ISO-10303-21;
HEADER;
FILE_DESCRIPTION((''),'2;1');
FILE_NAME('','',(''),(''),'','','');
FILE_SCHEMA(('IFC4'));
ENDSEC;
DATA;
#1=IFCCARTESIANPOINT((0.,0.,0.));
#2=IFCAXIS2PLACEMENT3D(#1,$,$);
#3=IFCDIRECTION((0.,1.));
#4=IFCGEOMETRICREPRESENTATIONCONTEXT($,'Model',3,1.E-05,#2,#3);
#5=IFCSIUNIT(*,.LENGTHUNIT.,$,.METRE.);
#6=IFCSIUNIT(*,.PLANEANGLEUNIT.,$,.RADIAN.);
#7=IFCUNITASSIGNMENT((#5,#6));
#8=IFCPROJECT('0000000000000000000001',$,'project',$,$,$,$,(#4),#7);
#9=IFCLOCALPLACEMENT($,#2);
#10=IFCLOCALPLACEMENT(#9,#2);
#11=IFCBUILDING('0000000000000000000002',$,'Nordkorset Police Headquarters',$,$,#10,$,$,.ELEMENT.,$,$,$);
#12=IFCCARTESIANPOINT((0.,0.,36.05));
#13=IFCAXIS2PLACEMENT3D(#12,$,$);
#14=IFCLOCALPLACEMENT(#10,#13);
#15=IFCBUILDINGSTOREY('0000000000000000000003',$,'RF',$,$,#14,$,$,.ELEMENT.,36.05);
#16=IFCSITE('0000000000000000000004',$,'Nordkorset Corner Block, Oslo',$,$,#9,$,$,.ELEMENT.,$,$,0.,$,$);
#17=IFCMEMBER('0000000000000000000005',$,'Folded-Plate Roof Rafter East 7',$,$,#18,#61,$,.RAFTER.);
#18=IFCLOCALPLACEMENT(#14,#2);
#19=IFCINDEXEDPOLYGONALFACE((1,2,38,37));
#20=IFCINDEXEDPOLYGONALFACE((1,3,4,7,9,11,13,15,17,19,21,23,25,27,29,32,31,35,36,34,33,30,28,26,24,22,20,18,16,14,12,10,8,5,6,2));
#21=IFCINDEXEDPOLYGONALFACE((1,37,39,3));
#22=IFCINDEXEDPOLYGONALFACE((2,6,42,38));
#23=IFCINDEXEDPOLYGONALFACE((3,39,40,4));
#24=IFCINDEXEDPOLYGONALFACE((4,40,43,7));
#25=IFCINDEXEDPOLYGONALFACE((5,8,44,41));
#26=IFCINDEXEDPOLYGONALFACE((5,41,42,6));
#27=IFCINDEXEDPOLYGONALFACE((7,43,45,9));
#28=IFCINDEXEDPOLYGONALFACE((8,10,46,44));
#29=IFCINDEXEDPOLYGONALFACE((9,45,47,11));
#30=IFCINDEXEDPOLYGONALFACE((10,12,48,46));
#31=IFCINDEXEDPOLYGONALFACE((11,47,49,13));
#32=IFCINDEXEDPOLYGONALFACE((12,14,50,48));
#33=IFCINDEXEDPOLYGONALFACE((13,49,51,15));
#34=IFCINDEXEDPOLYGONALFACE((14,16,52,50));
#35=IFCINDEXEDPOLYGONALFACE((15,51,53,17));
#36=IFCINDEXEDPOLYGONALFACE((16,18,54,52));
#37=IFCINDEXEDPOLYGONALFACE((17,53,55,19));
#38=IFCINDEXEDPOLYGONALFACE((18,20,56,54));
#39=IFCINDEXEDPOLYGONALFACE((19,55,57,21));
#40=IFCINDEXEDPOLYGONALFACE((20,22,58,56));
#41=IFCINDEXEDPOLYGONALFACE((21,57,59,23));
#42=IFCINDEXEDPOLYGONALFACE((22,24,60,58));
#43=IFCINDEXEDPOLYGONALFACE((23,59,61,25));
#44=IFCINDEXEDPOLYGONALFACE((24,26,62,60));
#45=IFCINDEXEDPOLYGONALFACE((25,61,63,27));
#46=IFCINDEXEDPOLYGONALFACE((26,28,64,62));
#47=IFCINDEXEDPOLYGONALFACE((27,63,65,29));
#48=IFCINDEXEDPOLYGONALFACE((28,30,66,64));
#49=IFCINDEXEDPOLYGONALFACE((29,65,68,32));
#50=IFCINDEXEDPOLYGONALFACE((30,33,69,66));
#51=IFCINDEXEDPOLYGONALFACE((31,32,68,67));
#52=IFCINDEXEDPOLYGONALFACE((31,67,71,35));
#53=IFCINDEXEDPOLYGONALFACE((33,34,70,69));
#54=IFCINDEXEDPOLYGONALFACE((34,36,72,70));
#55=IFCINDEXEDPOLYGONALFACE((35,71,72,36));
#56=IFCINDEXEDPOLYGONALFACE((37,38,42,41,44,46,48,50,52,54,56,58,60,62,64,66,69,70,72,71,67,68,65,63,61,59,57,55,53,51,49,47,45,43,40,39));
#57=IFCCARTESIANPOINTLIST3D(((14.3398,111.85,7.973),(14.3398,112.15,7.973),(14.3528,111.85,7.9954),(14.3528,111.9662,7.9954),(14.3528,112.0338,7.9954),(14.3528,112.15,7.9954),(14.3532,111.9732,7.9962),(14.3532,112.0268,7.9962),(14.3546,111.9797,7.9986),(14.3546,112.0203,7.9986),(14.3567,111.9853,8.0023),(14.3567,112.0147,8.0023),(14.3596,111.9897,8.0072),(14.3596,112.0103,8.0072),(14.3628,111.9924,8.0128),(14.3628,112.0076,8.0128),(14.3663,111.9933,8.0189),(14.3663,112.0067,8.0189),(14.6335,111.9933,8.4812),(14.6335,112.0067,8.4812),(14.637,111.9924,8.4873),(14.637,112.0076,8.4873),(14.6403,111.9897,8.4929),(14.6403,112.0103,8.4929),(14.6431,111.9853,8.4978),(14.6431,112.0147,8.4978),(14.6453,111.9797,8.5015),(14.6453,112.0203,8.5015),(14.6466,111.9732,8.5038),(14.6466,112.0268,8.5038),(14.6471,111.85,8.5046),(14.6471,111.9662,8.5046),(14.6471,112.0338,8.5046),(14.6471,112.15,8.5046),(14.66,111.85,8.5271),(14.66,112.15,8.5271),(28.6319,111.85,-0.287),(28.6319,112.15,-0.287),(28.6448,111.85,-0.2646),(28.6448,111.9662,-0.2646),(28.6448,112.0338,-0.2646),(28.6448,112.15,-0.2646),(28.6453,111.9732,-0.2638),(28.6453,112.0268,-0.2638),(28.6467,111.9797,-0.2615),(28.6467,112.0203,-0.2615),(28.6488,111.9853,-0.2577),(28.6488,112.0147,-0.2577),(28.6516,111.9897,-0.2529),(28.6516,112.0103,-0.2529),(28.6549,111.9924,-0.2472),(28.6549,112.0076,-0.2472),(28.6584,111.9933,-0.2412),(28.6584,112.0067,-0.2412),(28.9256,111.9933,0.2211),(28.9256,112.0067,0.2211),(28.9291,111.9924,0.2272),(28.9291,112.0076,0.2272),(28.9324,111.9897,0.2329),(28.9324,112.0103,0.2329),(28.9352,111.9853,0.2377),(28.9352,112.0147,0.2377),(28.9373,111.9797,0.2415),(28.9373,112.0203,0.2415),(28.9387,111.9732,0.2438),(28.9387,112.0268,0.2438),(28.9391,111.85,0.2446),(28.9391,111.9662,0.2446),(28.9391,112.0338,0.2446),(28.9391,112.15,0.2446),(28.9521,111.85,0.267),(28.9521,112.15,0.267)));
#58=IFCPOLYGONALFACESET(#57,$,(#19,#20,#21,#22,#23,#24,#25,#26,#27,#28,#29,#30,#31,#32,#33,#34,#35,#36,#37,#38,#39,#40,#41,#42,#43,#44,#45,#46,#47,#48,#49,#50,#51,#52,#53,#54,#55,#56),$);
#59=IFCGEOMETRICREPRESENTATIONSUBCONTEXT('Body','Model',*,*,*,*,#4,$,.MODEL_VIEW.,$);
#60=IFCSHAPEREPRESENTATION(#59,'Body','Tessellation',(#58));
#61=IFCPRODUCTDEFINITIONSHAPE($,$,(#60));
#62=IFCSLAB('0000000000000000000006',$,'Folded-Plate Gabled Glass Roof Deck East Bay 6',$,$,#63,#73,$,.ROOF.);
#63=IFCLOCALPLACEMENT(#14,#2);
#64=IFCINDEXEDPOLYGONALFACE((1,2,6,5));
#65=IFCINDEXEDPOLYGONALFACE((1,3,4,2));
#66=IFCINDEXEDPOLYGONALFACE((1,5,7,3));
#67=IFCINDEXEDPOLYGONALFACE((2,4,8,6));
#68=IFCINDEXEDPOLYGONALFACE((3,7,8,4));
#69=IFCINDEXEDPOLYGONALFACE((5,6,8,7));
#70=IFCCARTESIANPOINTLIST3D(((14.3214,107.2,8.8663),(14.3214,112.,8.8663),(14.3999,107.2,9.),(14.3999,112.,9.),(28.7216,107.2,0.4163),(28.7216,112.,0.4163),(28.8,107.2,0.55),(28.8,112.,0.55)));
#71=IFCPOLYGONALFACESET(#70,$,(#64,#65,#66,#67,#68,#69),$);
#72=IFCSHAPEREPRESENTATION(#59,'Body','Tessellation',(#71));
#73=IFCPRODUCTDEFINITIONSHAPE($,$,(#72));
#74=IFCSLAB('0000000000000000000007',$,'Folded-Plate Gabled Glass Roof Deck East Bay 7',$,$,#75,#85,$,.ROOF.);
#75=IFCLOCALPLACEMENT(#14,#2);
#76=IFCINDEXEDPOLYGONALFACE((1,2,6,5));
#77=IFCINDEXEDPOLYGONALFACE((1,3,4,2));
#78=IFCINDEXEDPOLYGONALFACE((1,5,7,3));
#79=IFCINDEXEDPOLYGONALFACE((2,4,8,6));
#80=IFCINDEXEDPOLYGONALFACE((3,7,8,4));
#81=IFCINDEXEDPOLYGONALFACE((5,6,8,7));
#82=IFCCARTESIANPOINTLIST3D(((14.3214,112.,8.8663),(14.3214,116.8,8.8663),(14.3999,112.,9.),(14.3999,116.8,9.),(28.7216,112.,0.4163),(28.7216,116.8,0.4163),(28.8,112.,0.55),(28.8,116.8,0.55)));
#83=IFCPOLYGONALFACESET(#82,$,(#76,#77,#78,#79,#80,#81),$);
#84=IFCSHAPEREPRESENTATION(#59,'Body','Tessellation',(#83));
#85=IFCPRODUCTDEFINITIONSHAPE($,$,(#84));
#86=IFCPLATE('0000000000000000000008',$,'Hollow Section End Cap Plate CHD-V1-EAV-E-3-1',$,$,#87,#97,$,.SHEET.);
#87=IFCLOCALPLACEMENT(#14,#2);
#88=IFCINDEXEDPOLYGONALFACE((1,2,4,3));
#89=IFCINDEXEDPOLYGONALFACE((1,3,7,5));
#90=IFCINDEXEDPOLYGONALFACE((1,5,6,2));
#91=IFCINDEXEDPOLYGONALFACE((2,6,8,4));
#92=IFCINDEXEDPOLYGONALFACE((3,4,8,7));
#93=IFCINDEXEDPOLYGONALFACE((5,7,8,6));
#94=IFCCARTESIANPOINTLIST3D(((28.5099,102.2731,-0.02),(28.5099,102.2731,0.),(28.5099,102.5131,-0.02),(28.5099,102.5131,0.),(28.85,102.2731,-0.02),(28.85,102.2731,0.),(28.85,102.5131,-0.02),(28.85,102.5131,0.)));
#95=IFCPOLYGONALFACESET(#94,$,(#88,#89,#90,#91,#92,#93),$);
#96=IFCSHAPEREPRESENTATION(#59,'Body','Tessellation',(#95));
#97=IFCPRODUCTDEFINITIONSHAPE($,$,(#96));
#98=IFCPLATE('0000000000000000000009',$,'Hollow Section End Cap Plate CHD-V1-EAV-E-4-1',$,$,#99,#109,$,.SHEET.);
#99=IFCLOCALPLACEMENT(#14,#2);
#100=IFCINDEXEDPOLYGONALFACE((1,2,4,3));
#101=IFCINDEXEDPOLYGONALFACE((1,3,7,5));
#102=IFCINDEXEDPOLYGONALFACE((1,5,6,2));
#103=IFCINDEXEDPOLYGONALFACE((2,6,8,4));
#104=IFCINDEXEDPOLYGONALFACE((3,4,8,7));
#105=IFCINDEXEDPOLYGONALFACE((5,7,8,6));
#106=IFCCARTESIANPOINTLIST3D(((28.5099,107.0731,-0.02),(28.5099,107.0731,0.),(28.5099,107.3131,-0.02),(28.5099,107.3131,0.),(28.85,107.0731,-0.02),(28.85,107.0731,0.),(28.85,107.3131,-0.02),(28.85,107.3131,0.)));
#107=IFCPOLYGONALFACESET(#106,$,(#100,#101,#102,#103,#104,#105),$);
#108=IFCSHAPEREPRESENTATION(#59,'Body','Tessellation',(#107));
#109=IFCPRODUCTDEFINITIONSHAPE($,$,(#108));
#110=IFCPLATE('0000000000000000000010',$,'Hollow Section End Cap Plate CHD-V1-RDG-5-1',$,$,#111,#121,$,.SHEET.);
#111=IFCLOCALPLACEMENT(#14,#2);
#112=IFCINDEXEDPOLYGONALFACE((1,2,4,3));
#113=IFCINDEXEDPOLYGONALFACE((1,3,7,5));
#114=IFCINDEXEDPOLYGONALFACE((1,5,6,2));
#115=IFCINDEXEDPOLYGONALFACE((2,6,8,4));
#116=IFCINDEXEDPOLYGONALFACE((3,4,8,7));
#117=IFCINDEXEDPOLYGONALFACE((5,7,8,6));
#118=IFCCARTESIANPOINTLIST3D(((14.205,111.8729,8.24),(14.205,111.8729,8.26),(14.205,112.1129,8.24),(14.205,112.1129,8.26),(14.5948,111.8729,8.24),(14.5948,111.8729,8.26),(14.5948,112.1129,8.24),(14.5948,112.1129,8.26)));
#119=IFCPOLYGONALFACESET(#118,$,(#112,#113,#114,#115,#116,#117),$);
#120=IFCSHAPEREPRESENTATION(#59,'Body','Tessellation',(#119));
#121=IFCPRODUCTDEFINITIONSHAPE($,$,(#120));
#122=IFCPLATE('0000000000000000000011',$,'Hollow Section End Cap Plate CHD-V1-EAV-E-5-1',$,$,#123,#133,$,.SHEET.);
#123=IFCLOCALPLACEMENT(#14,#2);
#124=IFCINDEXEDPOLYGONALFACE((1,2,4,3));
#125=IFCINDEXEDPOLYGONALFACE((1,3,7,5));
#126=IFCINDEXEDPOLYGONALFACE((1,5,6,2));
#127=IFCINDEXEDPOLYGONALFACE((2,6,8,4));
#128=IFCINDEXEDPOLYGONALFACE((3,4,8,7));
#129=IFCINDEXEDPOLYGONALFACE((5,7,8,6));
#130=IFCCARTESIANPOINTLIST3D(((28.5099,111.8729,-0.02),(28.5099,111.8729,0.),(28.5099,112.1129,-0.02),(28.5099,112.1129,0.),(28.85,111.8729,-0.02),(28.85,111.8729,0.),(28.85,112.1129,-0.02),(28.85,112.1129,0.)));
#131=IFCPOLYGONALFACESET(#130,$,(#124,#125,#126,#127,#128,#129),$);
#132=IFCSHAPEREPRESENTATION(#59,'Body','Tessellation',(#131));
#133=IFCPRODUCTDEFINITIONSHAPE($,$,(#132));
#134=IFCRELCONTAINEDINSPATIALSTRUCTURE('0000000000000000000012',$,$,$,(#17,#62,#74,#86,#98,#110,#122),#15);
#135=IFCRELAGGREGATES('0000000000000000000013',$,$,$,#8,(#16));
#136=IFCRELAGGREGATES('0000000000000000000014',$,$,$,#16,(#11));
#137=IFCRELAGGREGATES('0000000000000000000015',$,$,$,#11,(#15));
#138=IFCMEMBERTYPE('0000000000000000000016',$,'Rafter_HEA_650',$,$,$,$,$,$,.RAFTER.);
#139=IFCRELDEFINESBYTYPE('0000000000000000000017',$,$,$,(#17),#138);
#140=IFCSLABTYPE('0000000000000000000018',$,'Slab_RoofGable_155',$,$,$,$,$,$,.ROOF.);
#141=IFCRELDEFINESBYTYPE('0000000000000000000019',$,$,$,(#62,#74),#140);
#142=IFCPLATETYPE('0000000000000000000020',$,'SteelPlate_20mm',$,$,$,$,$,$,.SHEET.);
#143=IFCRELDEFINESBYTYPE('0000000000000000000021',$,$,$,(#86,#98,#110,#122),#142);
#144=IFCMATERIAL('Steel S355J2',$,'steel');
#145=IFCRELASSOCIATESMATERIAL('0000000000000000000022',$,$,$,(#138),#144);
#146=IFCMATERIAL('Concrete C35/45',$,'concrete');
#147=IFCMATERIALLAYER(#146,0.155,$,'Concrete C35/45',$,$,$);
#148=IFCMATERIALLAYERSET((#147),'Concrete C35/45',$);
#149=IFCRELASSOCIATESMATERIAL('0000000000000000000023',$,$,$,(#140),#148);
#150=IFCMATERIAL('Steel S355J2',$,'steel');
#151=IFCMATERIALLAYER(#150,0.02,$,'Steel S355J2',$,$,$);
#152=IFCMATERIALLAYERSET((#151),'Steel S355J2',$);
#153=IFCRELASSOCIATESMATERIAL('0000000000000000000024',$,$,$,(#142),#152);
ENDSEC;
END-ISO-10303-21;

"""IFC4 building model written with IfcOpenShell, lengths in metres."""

from ifc_helpers import new_model, si_unit, direction, frame, origin, origin_2d, place, context, subcontext, project, spatial, polyline, rectangle, i_section, outline, extrude, material, layer, layer_set, material_profile, profile_set, type_object, element, save


model = new_model("IFC4")

# Units and contexts
model_context = context("Model", 3, precision=1e-05, world=origin(), true_north=direction((0.0, 1.0)))
body_context = subcontext(model_context, "Body", "Model", "MODEL_VIEW")
ifc_project = project(units=[si_unit("LENGTHUNIT", "METRE"), si_unit("PLANEANGLEUNIT", "RADIAN")], contexts=[model_context])

# Site, building, storey
site_placement = place(None, origin())
site = spatial("IfcSite", under=ifc_project, at=site_placement, Name="Nordkorset Corner Block, Oslo", CompositionType="ELEMENT", RefElevation=0.0)
building_placement = place(site_placement, origin())
building = spatial("IfcBuilding", under=site, at=building_placement, Name="Nordkorset Police Headquarters", CompositionType="ELEMENT")
storey_placement = place(building_placement, frame((0.0, 0.0, 36.05)))
storey = spatial("IfcBuildingStorey", under=building, at=storey_placement, Name="RF", CompositionType="ELEMENT", Elevation=36.05)

# Member
ifc_material_1 = material(Name="Steel S355J2", Category="steel")
ifc_material_profile_1 = material_profile(ifc_material_1, i_section(OverallWidth=0.3, OverallDepth=0.6399, WebThickness=0.0134, FlangeThickness=0.0259, FilletRadius=0.0271, at=origin_2d()), Name="HEA 650")
ifc_profile_set_1 = profile_set([ifc_material_profile_1], Name="Steel S355J2")
member_type_1 = type_object("IfcMemberType", Name="Rafter_HEA_650", PredefinedType="RAFTER", material=ifc_profile_set_1)
for number, where, z_axis, x_axis, name in (
    (1, (28.792, 112.0, -0.01), (-0.865802, 0.0, 0.500387), (0.0, -1.0, 0.0), "Folded-Plate Roof Rafter East 7"),
):
    element("IfcMember", number, at=place(storey_placement, frame(where, z_axis=z_axis, x_axis=x_axis)), inside=storey, type_object=member_type_1, Name=name, PredefinedType="RAFTER", context=body_context, shape_type="SweptSolid", body=[
        extrude(i_section(OverallWidth=0.3, OverallDepth=0.6399, WebThickness=0.0134, FlangeThickness=0.0259, FilletRadius=0.0271, at=origin_2d()), origin(), (0.0, 0.0, 1.0), 16.5073),
    ])

# Slabs
ifc_material_2 = material(Name="Concrete C35/45", Category="concrete")
ifc_layer_1 = layer(ifc_material_2, 0.155, Name="Concrete C35/45")
ifc_layer_set_1 = layer_set([ifc_layer_1], Name="Concrete C35/45")
slab_type = type_object("IfcSlabType", Name="Slab_RoofGable_155", PredefinedType="ROOF", material=ifc_layer_set_1)
for number, where, z_axis, x_axis, name in (
    (2, (14.3999, 107.2, 9.0), (0.506098, 0.0, 0.862476), (0.862476, 0.0, -0.506098), "Folded-Plate Gabled Glass Roof Deck East Bay 6"),
    (3, (14.3999, 112.0, 9.0), (0.506098, 0.0, 0.862476), (0.862476, 0.0, -0.506098), "Folded-Plate Gabled Glass Roof Deck East Bay 7"),
):
    element("IfcSlab", number, at=place(storey_placement, frame(where, z_axis=z_axis, x_axis=x_axis)), inside=storey, type_object=slab_type, Name=name, PredefinedType="ROOF", context=body_context, shape_type="SweptSolid", body=[
        extrude(outline(polyline([(0.0, 0.0), (16.6963, 0.0), (16.6963, 4.8), (0.0, 4.8), (0.0, 0.0)])), origin(), (0.0, 0.0, -1.0), 0.155),
    ])

# Plates
ifc_material_3 = material(Name="Steel S355J2", Category="steel")
ifc_layer_2 = layer(ifc_material_3, 0.02, Name="Steel S355J2")
ifc_layer_set_2 = layer_set([ifc_layer_2], Name="Steel S355J2")
plate_type = type_object("IfcPlateType", Name="SteelPlate_20mm", PredefinedType="SHEET", material=ifc_layer_set_2)
for number, where, z_axis, x_axis, name in (
    (4, (28.6799, 102.3931, -0.02), (0.0, 0.0, 1.0), (1.0, 0.0, 0.0), "Hollow Section End Cap Plate CHD-V1-EAV-E-3-1"),
    (5, (28.6799, 107.1931, -0.02), (0.0, 0.0, 1.0), (1.0, 0.0, 0.0), "Hollow Section End Cap Plate CHD-V1-EAV-E-4-1"),
):
    element("IfcPlate", number, at=place(storey_placement, frame(where, z_axis=z_axis, x_axis=x_axis)), inside=storey, type_object=plate_type, Name=name, PredefinedType="SHEET", context=body_context, shape_type="SweptSolid", body=[
        extrude(rectangle(XDim=0.3401, YDim=0.24, at=origin_2d()), origin(), (0.0, 0.0, 1.0), 0.02),
    ])
plate_1_placement = place(storey_placement, frame((14.3999, 111.9929, 8.24), z_axis=(0.0, 0.0, 1.0), x_axis=(1.0, 0.0, 0.0)))
element("IfcPlate", 6, at=plate_1_placement, inside=storey, type_object=plate_type, Name="Hollow Section End Cap Plate CHD-V1-RDG-5-1", PredefinedType="SHEET", context=body_context, shape_type="SweptSolid", body=[
    extrude(rectangle(XDim=0.3899, YDim=0.24, at=origin_2d()), origin(), (0.0, 0.0, 1.0), 0.02),
])
plate_2_placement = place(storey_placement, frame((28.6799, 111.9929, -0.02), z_axis=(0.0, 0.0, 1.0), x_axis=(1.0, 0.0, 0.0)))
element("IfcPlate", 7, at=plate_2_placement, inside=storey, type_object=plate_type, Name="Hollow Section End Cap Plate CHD-V1-EAV-E-5-1", PredefinedType="SHEET", context=body_context, shape_type="SweptSolid", body=[
    extrude(rectangle(XDim=0.3401, YDim=0.24, at=origin_2d()), origin(), (0.0, 0.0, 1.0), 0.02),
])

save(model, "model.ifc")
